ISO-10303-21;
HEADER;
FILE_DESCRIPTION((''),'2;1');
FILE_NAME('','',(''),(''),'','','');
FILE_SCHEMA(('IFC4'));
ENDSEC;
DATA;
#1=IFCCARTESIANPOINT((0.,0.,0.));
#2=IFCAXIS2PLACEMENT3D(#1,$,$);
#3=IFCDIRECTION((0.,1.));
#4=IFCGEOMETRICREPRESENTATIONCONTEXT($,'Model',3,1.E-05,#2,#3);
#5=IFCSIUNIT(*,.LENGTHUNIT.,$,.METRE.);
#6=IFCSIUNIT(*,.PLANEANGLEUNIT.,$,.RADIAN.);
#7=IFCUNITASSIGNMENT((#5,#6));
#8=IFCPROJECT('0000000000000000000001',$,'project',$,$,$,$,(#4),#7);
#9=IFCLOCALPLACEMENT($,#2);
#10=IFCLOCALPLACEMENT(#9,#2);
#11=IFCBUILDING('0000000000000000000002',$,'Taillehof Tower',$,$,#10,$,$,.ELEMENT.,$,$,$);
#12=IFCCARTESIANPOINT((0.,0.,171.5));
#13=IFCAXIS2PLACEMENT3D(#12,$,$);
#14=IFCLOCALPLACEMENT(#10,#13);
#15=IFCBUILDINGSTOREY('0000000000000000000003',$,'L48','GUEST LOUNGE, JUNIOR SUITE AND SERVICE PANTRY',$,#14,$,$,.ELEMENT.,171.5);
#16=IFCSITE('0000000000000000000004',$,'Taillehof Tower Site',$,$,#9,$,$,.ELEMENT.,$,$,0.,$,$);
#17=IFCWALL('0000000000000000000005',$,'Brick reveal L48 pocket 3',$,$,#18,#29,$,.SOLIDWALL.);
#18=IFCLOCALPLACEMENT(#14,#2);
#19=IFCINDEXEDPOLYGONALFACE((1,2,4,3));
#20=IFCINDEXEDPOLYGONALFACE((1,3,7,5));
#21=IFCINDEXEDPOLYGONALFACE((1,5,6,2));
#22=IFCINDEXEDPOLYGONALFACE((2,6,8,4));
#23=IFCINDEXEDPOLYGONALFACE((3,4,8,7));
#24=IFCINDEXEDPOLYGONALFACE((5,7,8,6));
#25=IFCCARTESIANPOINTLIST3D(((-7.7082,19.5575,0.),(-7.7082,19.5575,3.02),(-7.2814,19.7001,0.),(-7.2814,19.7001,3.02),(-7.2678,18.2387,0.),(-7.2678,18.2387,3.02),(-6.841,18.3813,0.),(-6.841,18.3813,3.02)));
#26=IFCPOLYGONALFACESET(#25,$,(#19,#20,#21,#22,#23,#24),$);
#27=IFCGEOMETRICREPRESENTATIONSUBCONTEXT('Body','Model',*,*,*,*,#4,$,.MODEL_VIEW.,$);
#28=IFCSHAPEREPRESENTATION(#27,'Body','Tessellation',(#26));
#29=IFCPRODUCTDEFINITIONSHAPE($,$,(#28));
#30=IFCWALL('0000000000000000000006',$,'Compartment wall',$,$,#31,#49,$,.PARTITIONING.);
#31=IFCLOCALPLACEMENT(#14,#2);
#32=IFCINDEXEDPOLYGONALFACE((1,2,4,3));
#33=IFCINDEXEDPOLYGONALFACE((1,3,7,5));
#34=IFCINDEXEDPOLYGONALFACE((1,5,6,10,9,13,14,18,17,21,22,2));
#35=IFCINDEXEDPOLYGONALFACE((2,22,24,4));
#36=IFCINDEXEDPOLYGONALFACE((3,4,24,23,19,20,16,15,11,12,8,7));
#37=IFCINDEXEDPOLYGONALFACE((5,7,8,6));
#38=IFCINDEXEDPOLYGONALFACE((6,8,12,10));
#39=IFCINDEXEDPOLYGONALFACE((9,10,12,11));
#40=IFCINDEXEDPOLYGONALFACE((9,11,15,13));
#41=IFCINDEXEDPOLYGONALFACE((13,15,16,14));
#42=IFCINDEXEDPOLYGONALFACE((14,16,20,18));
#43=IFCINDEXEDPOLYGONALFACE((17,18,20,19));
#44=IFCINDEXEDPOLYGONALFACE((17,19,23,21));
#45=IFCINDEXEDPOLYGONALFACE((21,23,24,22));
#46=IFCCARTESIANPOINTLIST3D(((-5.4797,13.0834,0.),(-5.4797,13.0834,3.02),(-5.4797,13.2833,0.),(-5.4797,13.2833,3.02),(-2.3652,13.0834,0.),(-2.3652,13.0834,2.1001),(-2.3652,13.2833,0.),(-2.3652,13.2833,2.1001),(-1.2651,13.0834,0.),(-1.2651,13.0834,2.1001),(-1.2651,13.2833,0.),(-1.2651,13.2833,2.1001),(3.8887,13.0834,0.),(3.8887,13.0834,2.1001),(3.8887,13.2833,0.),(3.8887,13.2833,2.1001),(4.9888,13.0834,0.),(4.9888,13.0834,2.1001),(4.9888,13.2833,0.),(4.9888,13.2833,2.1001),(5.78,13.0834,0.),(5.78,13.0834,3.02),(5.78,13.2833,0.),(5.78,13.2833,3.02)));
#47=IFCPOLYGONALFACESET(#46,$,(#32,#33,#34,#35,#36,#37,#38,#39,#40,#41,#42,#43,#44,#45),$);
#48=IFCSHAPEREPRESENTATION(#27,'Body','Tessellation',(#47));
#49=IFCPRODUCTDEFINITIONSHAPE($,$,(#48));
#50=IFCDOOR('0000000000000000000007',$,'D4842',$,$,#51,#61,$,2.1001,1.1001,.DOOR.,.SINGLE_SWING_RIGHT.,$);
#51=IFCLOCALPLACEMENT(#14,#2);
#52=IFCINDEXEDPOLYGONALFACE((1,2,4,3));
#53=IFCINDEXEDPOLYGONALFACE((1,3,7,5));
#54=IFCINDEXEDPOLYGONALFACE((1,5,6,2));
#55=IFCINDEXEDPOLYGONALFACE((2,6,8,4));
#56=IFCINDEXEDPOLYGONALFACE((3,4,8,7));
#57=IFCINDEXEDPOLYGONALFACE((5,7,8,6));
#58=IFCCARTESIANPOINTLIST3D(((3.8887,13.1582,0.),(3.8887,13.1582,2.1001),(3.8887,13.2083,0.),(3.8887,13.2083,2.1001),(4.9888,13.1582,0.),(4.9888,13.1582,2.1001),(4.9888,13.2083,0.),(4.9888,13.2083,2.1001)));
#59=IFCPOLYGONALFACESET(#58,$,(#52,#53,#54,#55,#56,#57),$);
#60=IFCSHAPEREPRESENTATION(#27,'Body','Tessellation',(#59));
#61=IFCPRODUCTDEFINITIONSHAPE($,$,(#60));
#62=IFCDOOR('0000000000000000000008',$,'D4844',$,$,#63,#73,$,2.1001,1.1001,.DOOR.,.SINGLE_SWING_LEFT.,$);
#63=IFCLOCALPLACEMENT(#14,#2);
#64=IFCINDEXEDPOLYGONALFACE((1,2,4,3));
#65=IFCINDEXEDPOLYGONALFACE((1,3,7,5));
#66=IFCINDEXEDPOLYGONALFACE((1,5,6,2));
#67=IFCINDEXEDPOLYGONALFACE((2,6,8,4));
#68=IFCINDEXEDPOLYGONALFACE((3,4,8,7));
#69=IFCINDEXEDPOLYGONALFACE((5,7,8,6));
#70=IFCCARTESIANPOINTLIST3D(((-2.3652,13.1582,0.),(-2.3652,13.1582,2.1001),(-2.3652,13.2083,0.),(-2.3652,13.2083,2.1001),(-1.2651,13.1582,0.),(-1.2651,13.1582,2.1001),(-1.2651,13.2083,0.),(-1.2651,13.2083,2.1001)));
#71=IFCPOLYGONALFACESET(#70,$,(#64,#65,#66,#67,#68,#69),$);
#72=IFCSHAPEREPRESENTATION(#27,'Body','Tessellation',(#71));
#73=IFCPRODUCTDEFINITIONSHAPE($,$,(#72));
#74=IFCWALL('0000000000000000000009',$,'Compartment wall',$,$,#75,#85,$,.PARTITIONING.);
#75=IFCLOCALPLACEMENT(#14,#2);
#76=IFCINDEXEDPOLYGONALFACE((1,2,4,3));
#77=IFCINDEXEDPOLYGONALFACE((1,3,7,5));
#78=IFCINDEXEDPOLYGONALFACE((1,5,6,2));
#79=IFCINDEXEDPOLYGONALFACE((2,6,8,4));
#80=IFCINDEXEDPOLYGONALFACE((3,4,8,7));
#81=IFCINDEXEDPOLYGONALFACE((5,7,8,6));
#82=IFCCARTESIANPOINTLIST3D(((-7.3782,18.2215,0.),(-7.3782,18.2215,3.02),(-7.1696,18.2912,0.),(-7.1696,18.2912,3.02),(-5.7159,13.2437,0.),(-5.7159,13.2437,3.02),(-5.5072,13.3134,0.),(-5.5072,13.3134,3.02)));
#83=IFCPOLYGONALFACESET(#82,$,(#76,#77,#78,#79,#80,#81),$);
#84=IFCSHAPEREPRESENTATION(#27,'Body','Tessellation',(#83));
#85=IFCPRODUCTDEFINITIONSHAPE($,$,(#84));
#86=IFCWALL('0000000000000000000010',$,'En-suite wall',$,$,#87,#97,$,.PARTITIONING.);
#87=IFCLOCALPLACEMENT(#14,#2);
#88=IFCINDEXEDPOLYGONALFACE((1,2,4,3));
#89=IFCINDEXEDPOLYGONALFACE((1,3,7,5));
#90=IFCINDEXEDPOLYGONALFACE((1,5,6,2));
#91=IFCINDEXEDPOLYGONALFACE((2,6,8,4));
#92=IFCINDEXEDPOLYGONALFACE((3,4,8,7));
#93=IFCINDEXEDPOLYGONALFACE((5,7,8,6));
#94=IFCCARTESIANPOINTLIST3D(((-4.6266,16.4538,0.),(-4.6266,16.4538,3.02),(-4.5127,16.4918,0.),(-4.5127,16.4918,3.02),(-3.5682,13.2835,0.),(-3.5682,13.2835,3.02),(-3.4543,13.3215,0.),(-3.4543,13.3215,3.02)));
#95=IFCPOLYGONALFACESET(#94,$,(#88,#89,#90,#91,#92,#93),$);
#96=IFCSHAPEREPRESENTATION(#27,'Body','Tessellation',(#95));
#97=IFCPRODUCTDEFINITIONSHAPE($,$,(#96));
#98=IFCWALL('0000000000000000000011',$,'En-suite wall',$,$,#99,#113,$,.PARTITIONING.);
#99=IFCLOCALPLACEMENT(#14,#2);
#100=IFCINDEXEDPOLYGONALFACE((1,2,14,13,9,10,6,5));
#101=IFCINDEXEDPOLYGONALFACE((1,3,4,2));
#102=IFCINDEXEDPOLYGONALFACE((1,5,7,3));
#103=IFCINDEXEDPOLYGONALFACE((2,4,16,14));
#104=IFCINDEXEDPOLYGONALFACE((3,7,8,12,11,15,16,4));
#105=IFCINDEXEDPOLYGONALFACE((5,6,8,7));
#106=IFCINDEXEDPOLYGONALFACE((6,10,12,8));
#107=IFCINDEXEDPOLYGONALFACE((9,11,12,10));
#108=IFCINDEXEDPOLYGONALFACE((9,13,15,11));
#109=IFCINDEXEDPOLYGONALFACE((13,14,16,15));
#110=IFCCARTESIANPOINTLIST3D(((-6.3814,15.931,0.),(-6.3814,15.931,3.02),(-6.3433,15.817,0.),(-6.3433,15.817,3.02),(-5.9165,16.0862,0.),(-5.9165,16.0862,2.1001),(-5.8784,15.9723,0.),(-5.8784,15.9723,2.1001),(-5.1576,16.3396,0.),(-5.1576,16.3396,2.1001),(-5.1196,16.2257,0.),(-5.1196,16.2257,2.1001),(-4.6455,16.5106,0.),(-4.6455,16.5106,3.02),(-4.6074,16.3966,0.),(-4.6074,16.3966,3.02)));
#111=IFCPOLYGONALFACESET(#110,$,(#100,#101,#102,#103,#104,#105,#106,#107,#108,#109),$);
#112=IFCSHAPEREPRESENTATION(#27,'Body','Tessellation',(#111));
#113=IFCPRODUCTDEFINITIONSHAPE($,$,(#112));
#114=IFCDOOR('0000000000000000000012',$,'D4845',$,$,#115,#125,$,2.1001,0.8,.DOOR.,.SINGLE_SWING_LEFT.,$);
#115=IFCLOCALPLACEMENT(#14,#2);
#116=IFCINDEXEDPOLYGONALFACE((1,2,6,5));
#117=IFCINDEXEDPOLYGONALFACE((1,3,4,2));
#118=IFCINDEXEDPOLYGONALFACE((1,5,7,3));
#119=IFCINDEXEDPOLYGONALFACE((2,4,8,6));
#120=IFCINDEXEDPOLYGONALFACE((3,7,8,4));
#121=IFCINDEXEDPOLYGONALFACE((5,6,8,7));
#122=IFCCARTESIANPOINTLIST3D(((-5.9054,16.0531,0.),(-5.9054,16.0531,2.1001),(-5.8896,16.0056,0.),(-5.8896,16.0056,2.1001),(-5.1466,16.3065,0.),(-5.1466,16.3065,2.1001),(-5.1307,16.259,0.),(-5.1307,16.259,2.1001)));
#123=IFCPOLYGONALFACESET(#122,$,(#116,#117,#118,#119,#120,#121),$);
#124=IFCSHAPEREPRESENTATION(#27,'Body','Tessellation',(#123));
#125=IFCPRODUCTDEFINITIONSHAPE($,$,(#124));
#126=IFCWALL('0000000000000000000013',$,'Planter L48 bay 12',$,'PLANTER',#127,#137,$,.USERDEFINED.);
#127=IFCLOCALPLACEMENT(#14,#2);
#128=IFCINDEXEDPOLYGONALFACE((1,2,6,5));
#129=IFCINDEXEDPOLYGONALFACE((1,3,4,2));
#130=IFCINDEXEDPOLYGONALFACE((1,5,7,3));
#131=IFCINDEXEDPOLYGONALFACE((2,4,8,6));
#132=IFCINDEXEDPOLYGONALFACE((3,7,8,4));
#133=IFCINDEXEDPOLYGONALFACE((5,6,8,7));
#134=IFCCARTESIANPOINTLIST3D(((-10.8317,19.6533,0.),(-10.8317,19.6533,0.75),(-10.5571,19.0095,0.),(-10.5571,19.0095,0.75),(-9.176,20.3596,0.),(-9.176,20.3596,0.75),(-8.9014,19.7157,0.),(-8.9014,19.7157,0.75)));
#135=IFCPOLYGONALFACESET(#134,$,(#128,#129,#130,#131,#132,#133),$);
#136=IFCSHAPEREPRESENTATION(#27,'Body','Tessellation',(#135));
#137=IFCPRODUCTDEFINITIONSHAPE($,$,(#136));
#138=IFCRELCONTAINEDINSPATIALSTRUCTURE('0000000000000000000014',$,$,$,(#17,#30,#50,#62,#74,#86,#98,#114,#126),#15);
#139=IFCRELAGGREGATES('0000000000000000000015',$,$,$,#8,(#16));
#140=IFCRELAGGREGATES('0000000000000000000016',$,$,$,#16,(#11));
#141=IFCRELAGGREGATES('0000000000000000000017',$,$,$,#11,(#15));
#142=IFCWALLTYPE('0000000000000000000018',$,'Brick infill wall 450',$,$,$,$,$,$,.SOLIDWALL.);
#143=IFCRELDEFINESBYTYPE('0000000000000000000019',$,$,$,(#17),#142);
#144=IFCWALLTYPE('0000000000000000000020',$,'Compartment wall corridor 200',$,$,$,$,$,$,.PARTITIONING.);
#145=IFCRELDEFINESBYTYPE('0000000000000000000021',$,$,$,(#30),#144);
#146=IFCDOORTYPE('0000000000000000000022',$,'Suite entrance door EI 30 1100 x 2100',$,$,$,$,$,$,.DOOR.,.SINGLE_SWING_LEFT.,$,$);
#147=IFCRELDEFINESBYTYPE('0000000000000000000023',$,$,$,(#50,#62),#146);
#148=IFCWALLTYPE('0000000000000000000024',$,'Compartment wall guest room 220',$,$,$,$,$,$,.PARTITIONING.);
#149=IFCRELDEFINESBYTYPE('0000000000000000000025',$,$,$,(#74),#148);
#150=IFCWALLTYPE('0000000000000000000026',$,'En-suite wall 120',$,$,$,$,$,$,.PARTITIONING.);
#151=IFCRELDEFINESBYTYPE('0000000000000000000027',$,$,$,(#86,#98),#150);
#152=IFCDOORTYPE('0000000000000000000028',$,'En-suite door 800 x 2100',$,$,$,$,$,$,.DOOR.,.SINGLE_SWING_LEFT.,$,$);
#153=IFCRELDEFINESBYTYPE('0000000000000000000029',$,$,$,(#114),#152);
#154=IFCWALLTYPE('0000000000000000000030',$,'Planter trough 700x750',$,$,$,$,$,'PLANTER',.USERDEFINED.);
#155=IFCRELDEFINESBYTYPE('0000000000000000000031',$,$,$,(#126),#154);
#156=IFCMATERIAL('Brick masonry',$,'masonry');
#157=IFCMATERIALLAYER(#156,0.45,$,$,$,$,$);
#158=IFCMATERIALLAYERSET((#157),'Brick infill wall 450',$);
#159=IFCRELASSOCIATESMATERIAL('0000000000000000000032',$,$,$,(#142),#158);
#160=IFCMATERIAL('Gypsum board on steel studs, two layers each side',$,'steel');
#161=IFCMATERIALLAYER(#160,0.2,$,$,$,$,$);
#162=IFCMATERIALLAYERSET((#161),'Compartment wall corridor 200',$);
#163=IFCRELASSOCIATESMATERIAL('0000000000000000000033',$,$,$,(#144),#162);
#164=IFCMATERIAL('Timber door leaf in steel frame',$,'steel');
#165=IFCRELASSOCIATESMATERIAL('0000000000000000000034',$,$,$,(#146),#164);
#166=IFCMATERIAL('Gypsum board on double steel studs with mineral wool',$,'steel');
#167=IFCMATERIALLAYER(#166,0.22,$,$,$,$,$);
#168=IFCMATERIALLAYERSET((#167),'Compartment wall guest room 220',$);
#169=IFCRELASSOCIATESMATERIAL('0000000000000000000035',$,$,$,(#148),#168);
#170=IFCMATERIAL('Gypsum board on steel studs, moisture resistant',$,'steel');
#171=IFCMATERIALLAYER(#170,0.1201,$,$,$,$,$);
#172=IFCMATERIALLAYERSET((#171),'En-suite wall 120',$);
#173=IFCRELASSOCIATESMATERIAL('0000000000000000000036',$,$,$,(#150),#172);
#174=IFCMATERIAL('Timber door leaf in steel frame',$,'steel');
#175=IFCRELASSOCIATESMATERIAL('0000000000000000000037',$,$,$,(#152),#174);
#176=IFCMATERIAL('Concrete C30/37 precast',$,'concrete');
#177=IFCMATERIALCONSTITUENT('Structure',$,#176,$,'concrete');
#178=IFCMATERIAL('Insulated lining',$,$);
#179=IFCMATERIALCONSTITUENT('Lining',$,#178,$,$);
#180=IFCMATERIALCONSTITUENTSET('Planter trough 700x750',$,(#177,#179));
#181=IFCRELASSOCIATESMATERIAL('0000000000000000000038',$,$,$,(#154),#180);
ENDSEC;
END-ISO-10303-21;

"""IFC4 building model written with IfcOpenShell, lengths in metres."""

from ifc_helpers import new_model, si_unit, direction, frame, frame_2d, origin, place, context, subcontext, project, spatial, rectangle, extrude, material, layer, layer_set, constituent, constituent_set, type_object, element, fill, save


model = new_model("IFC4")

# Units and contexts
model_context = context("Model", 3, precision=1e-05, world=origin(), true_north=direction((0.0, 1.0)))
body_context = subcontext(model_context, "Body", "Model", "MODEL_VIEW")
ifc_project = project(units=[si_unit("LENGTHUNIT", "METRE"), si_unit("PLANEANGLEUNIT", "RADIAN")], contexts=[model_context])

# Site, building, storey
site_placement = place(None, origin())
site = spatial("IfcSite", under=ifc_project, at=site_placement, Name="Taillehof Tower Site", CompositionType="ELEMENT", RefElevation=0.0)
building_placement = place(site_placement, origin())
building = spatial("IfcBuilding", under=site, at=building_placement, Name="Taillehof Tower", CompositionType="ELEMENT")
storey_placement = place(building_placement, frame((0.0, 0.0, 171.5)))
storey = spatial("IfcBuildingStorey", under=building, at=storey_placement, Name="L48", Description="GUEST LOUNGE, JUNIOR SUITE AND SERVICE PANTRY", CompositionType="ELEMENT", Elevation=171.5)

# Shared definitions
ifc_material_1 = material(Name="Brick masonry", Category="masonry")
ifc_layer_1 = layer(ifc_material_1, 0.45)
ifc_layer_set_1 = layer_set([ifc_layer_1], Name="Brick infill wall 450")
wall_type_1 = type_object("IfcWallType", Name="Brick infill wall 450", PredefinedType="SOLIDWALL", material=ifc_layer_set_1)

# Wall
wall_1_placement = place(storey_placement, frame((-7.4949, 19.6289, 0.0), z_axis=(0.0, 0.0, 1.0), x_axis=(0.316754, -0.948508, 0.0)))
element("IfcWall", 1, at=wall_1_placement, inside=storey, type_object=wall_type_1, Name="Brick reveal L48 pocket 3", PredefinedType="SOLIDWALL", context=body_context, shape_type="SweptSolid", body=[
    extrude(rectangle(XDim=1.3904, YDim=0.45, at=frame_2d((0.6953, 0.0))), origin(), (0.0, 0.0, 1.0), 3.02),
])

# Wall, openings, doors
ifc_material_2 = material(Name="Gypsum board on steel studs, two layers each side", Category="steel")
ifc_layer_2 = layer(ifc_material_2, 0.2)
ifc_layer_set_2 = layer_set([ifc_layer_2], Name="Compartment wall corridor 200")
wall_type_2 = type_object("IfcWallType", Name="Compartment wall corridor 200", PredefinedType="PARTITIONING", material=ifc_layer_set_2)
wall_2_placement = place(storey_placement, frame((-5.4797, 13.1833, 0.0), z_axis=(0.0, 0.0, 1.0), x_axis=(1.0, 0.0, 0.0)))
wall_2 = element("IfcWall", 2, at=wall_2_placement, inside=storey, type_object=wall_type_2, Name="Compartment wall", PredefinedType="PARTITIONING", context=body_context, shape_type="SweptSolid", body=[
    extrude(rectangle(XDim=11.2598, YDim=0.2, at=frame_2d((5.6299, 0.0))), origin(), (0.0, 0.0, 1.0), 3.02),
])
opening_1_placement = place(wall_2_placement, frame((9.3684, 0.0, 0.0)))
opening_1 = element("IfcOpeningElement", 3, at=opening_1_placement, cuts=wall_2, PredefinedType="OPENING", context=body_context, shape_type="SweptSolid", body=[
    extrude(rectangle(XDim=1.1001, YDim=2.1001, at=frame_2d((0.55, 1.05))), frame((0.0, 0.1099, 0.0), z_axis=(0.0, -1.0, 0.0), x_axis=(1.0, 0.0, 0.0)), (0.0, 0.0, 1.0), 0.22),
])
opening_2_placement = place(wall_2_placement, frame((3.1145, 0.0, 0.0)))
opening_2 = element("IfcOpeningElement", 4, at=opening_2_placement, cuts=wall_2, PredefinedType="OPENING", context=body_context, shape_type="SweptSolid", body=[
    extrude(rectangle(XDim=1.1001, YDim=2.1001, at=frame_2d((0.55, 1.05))), frame((0.0, 0.1099, 0.0), z_axis=(0.0, -1.0, 0.0), x_axis=(1.0, 0.0, 0.0)), (0.0, 0.0, 1.0), 0.22),
])
ifc_material_3 = material(Name="Timber door leaf in steel frame", Category="steel")
door_type_1 = type_object("IfcDoorType", Name="Suite entrance door EI 30 1100 x 2100", OperationType="SINGLE_SWING_LEFT", PredefinedType="DOOR", material=ifc_material_3)
door_1_placement = place(opening_1_placement, origin())
door_1 = element("IfcDoor", 5, at=door_1_placement, inside=storey, type_object=door_type_1, Name="D4842", OperationType="SINGLE_SWING_RIGHT", OverallHeight=2.1001, OverallWidth=1.1001, PredefinedType="DOOR", context=body_context, shape_type="SweptSolid", body=[
    extrude(rectangle(XDim=1.1001, YDim=2.1001, at=frame_2d((0.55, 1.05))), frame((0.0, 0.0249, 0.0), z_axis=(0.0, -1.0, 0.0), x_axis=(1.0, 0.0, 0.0)), (0.0, 0.0, 1.0), 0.05),
])
fill(opening_1, door_1)
door_2_placement = place(opening_2_placement, origin())
door_2 = element("IfcDoor", 6, at=door_2_placement, inside=storey, type_object=door_type_1, Name="D4844", OperationType="SINGLE_SWING_LEFT", OverallHeight=2.1001, OverallWidth=1.1001, PredefinedType="DOOR", context=body_context, shape_type="SweptSolid", body=[
    extrude(rectangle(XDim=1.1001, YDim=2.1001, at=frame_2d((0.55, 1.05))), frame((0.0, 0.0249, 0.0), z_axis=(0.0, -1.0, 0.0), x_axis=(1.0, 0.0, 0.0)), (0.0, 0.0, 1.0), 0.05),
])
fill(opening_2, door_2)

# Walls
ifc_material_4 = material(Name="Gypsum board on double steel studs with mineral wool", Category="steel")
ifc_layer_3 = layer(ifc_material_4, 0.22)
ifc_layer_set_3 = layer_set([ifc_layer_3], Name="Compartment wall guest room 220")
wall_type_3 = type_object("IfcWallType", Name="Compartment wall guest room 220", PredefinedType="PARTITIONING", material=ifc_layer_set_3)
wall_3_placement = place(storey_placement, frame((-7.2739, 18.2563, 0.0), z_axis=(0.0, 0.0, 1.0), x_axis=(0.316758, -0.948506, 0.0)))
element("IfcWall", 7, at=wall_3_placement, inside=storey, type_object=wall_type_3, Name="Compartment wall", PredefinedType="PARTITIONING", context=body_context, shape_type="SweptSolid", body=[
    extrude(rectangle(XDim=5.248, YDim=0.22, at=frame_2d((2.624, 0.0))), origin(), (0.0, 0.0, 1.0), 3.02),
])
ifc_material_5 = material(Name="Gypsum board on steel studs, moisture resistant", Category="steel")
ifc_layer_4 = layer(ifc_material_5, 0.1201)
ifc_layer_set_4 = layer_set([ifc_layer_4], Name="En-suite wall 120")
wall_type_4 = type_object("IfcWallType", Name="En-suite wall 120", PredefinedType="PARTITIONING", material=ifc_layer_set_4)
wall_4_placement = place(storey_placement, frame((-3.5112, 13.3025, 0.0), z_axis=(0.0, 0.0, 1.0), x_axis=(-0.316666, 0.948537, 0.0)))
element("IfcWall", 8, at=wall_4_placement, inside=storey, type_object=wall_type_4, Name="En-suite wall", PredefinedType="PARTITIONING", context=body_context, shape_type="SweptSolid", body=[
    extrude(rectangle(XDim=3.3423, YDim=0.1201, at=frame_2d((1.6711, 0.0))), origin(), (0.0, 0.0, 1.0), 3.02),
])

# Wall, opening, door
wall_5_placement = place(storey_placement, frame((-4.6265, 16.4536, 0.0), z_axis=(0.0, 0.0, 1.0), x_axis=(-0.948523, -0.316708, 0.0)))
wall_5 = element("IfcWall", 9, at=wall_5_placement, inside=storey, type_object=wall_type_4, Name="En-suite wall", PredefinedType="PARTITIONING", context=body_context, shape_type="SweptSolid", body=[
    extrude(rectangle(XDim=1.8301, YDim=0.1201, at=frame_2d((0.915, 0.0))), origin(), (0.0, 0.0, 1.0), 3.02),
])
opening_3_placement = place(wall_5_placement, frame((0.54, 0.0, 0.0)))
opening_3 = element("IfcOpeningElement", 10, at=opening_3_placement, cuts=wall_5, PredefinedType="OPENING", context=body_context, shape_type="SweptSolid", body=[
    extrude(rectangle(XDim=0.8, YDim=2.1001, at=frame_2d((0.3999, 1.05))), frame((0.0, 0.0701, 0.0), z_axis=(0.0, -1.0, 0.0), x_axis=(1.0, 0.0, 0.0)), (0.0, 0.0, 1.0), 0.1401),
])
ifc_material_6 = material(Name="Timber door leaf in steel frame", Category="steel")
door_type_2 = type_object("IfcDoorType", Name="En-suite door 800 x 2100", OperationType="SINGLE_SWING_LEFT", PredefinedType="DOOR", material=ifc_material_6)
door_3_placement = place(opening_3_placement, origin())
door_3 = element("IfcDoor", 11, at=door_3_placement, inside=storey, type_object=door_type_2, Name="D4845", OperationType="SINGLE_SWING_LEFT", OverallHeight=2.1001, OverallWidth=0.8, PredefinedType="DOOR", context=body_context, shape_type="SweptSolid", body=[
    extrude(rectangle(XDim=0.8, YDim=2.1001, at=frame_2d((0.3999, 1.05))), frame((0.0, 0.0249, 0.0), z_axis=(0.0, -1.0, 0.0), x_axis=(1.0, 0.0, 0.0)), (0.0, 0.0, 1.0), 0.05),
])
fill(opening_3, door_3)

# Wall
ifc_material_7 = material(Name="Concrete C30/37 precast", Category="concrete")
ifc_constituent_1 = constituent(ifc_material_7, Name="Structure", Category="concrete")
ifc_material_8 = material(Name="Insulated lining")
ifc_constituent_2 = constituent(ifc_material_8, Name="Lining")
ifc_constituent_set = constituent_set(constituents=[ifc_constituent_1, ifc_constituent_2], Name="Planter trough 700x750")
wall_type_5 = type_object("IfcWallType", Name="Planter trough 700x750", ElementType="PLANTER", PredefinedType="USERDEFINED", material=ifc_constituent_set)
wall_6_placement = place(storey_placement, frame((-9.0388, 20.0376, 0.0), z_axis=(0.0, 0.0, 1.0), x_axis=(-0.91981, -0.392364, 0.0)))
element("IfcWall", 12, at=wall_6_placement, inside=storey, type_object=wall_type_5, Name="Planter L48 bay 12", ObjectType="PLANTER", PredefinedType="USERDEFINED", context=body_context, shape_type="SweptSolid", body=[
    extrude(rectangle(XDim=1.8, YDim=0.7, at=frame_2d((0.8999, 0.0))), origin(), (0.0, 0.0, 1.0), 0.75),
])

save(model, "model.ifc")
